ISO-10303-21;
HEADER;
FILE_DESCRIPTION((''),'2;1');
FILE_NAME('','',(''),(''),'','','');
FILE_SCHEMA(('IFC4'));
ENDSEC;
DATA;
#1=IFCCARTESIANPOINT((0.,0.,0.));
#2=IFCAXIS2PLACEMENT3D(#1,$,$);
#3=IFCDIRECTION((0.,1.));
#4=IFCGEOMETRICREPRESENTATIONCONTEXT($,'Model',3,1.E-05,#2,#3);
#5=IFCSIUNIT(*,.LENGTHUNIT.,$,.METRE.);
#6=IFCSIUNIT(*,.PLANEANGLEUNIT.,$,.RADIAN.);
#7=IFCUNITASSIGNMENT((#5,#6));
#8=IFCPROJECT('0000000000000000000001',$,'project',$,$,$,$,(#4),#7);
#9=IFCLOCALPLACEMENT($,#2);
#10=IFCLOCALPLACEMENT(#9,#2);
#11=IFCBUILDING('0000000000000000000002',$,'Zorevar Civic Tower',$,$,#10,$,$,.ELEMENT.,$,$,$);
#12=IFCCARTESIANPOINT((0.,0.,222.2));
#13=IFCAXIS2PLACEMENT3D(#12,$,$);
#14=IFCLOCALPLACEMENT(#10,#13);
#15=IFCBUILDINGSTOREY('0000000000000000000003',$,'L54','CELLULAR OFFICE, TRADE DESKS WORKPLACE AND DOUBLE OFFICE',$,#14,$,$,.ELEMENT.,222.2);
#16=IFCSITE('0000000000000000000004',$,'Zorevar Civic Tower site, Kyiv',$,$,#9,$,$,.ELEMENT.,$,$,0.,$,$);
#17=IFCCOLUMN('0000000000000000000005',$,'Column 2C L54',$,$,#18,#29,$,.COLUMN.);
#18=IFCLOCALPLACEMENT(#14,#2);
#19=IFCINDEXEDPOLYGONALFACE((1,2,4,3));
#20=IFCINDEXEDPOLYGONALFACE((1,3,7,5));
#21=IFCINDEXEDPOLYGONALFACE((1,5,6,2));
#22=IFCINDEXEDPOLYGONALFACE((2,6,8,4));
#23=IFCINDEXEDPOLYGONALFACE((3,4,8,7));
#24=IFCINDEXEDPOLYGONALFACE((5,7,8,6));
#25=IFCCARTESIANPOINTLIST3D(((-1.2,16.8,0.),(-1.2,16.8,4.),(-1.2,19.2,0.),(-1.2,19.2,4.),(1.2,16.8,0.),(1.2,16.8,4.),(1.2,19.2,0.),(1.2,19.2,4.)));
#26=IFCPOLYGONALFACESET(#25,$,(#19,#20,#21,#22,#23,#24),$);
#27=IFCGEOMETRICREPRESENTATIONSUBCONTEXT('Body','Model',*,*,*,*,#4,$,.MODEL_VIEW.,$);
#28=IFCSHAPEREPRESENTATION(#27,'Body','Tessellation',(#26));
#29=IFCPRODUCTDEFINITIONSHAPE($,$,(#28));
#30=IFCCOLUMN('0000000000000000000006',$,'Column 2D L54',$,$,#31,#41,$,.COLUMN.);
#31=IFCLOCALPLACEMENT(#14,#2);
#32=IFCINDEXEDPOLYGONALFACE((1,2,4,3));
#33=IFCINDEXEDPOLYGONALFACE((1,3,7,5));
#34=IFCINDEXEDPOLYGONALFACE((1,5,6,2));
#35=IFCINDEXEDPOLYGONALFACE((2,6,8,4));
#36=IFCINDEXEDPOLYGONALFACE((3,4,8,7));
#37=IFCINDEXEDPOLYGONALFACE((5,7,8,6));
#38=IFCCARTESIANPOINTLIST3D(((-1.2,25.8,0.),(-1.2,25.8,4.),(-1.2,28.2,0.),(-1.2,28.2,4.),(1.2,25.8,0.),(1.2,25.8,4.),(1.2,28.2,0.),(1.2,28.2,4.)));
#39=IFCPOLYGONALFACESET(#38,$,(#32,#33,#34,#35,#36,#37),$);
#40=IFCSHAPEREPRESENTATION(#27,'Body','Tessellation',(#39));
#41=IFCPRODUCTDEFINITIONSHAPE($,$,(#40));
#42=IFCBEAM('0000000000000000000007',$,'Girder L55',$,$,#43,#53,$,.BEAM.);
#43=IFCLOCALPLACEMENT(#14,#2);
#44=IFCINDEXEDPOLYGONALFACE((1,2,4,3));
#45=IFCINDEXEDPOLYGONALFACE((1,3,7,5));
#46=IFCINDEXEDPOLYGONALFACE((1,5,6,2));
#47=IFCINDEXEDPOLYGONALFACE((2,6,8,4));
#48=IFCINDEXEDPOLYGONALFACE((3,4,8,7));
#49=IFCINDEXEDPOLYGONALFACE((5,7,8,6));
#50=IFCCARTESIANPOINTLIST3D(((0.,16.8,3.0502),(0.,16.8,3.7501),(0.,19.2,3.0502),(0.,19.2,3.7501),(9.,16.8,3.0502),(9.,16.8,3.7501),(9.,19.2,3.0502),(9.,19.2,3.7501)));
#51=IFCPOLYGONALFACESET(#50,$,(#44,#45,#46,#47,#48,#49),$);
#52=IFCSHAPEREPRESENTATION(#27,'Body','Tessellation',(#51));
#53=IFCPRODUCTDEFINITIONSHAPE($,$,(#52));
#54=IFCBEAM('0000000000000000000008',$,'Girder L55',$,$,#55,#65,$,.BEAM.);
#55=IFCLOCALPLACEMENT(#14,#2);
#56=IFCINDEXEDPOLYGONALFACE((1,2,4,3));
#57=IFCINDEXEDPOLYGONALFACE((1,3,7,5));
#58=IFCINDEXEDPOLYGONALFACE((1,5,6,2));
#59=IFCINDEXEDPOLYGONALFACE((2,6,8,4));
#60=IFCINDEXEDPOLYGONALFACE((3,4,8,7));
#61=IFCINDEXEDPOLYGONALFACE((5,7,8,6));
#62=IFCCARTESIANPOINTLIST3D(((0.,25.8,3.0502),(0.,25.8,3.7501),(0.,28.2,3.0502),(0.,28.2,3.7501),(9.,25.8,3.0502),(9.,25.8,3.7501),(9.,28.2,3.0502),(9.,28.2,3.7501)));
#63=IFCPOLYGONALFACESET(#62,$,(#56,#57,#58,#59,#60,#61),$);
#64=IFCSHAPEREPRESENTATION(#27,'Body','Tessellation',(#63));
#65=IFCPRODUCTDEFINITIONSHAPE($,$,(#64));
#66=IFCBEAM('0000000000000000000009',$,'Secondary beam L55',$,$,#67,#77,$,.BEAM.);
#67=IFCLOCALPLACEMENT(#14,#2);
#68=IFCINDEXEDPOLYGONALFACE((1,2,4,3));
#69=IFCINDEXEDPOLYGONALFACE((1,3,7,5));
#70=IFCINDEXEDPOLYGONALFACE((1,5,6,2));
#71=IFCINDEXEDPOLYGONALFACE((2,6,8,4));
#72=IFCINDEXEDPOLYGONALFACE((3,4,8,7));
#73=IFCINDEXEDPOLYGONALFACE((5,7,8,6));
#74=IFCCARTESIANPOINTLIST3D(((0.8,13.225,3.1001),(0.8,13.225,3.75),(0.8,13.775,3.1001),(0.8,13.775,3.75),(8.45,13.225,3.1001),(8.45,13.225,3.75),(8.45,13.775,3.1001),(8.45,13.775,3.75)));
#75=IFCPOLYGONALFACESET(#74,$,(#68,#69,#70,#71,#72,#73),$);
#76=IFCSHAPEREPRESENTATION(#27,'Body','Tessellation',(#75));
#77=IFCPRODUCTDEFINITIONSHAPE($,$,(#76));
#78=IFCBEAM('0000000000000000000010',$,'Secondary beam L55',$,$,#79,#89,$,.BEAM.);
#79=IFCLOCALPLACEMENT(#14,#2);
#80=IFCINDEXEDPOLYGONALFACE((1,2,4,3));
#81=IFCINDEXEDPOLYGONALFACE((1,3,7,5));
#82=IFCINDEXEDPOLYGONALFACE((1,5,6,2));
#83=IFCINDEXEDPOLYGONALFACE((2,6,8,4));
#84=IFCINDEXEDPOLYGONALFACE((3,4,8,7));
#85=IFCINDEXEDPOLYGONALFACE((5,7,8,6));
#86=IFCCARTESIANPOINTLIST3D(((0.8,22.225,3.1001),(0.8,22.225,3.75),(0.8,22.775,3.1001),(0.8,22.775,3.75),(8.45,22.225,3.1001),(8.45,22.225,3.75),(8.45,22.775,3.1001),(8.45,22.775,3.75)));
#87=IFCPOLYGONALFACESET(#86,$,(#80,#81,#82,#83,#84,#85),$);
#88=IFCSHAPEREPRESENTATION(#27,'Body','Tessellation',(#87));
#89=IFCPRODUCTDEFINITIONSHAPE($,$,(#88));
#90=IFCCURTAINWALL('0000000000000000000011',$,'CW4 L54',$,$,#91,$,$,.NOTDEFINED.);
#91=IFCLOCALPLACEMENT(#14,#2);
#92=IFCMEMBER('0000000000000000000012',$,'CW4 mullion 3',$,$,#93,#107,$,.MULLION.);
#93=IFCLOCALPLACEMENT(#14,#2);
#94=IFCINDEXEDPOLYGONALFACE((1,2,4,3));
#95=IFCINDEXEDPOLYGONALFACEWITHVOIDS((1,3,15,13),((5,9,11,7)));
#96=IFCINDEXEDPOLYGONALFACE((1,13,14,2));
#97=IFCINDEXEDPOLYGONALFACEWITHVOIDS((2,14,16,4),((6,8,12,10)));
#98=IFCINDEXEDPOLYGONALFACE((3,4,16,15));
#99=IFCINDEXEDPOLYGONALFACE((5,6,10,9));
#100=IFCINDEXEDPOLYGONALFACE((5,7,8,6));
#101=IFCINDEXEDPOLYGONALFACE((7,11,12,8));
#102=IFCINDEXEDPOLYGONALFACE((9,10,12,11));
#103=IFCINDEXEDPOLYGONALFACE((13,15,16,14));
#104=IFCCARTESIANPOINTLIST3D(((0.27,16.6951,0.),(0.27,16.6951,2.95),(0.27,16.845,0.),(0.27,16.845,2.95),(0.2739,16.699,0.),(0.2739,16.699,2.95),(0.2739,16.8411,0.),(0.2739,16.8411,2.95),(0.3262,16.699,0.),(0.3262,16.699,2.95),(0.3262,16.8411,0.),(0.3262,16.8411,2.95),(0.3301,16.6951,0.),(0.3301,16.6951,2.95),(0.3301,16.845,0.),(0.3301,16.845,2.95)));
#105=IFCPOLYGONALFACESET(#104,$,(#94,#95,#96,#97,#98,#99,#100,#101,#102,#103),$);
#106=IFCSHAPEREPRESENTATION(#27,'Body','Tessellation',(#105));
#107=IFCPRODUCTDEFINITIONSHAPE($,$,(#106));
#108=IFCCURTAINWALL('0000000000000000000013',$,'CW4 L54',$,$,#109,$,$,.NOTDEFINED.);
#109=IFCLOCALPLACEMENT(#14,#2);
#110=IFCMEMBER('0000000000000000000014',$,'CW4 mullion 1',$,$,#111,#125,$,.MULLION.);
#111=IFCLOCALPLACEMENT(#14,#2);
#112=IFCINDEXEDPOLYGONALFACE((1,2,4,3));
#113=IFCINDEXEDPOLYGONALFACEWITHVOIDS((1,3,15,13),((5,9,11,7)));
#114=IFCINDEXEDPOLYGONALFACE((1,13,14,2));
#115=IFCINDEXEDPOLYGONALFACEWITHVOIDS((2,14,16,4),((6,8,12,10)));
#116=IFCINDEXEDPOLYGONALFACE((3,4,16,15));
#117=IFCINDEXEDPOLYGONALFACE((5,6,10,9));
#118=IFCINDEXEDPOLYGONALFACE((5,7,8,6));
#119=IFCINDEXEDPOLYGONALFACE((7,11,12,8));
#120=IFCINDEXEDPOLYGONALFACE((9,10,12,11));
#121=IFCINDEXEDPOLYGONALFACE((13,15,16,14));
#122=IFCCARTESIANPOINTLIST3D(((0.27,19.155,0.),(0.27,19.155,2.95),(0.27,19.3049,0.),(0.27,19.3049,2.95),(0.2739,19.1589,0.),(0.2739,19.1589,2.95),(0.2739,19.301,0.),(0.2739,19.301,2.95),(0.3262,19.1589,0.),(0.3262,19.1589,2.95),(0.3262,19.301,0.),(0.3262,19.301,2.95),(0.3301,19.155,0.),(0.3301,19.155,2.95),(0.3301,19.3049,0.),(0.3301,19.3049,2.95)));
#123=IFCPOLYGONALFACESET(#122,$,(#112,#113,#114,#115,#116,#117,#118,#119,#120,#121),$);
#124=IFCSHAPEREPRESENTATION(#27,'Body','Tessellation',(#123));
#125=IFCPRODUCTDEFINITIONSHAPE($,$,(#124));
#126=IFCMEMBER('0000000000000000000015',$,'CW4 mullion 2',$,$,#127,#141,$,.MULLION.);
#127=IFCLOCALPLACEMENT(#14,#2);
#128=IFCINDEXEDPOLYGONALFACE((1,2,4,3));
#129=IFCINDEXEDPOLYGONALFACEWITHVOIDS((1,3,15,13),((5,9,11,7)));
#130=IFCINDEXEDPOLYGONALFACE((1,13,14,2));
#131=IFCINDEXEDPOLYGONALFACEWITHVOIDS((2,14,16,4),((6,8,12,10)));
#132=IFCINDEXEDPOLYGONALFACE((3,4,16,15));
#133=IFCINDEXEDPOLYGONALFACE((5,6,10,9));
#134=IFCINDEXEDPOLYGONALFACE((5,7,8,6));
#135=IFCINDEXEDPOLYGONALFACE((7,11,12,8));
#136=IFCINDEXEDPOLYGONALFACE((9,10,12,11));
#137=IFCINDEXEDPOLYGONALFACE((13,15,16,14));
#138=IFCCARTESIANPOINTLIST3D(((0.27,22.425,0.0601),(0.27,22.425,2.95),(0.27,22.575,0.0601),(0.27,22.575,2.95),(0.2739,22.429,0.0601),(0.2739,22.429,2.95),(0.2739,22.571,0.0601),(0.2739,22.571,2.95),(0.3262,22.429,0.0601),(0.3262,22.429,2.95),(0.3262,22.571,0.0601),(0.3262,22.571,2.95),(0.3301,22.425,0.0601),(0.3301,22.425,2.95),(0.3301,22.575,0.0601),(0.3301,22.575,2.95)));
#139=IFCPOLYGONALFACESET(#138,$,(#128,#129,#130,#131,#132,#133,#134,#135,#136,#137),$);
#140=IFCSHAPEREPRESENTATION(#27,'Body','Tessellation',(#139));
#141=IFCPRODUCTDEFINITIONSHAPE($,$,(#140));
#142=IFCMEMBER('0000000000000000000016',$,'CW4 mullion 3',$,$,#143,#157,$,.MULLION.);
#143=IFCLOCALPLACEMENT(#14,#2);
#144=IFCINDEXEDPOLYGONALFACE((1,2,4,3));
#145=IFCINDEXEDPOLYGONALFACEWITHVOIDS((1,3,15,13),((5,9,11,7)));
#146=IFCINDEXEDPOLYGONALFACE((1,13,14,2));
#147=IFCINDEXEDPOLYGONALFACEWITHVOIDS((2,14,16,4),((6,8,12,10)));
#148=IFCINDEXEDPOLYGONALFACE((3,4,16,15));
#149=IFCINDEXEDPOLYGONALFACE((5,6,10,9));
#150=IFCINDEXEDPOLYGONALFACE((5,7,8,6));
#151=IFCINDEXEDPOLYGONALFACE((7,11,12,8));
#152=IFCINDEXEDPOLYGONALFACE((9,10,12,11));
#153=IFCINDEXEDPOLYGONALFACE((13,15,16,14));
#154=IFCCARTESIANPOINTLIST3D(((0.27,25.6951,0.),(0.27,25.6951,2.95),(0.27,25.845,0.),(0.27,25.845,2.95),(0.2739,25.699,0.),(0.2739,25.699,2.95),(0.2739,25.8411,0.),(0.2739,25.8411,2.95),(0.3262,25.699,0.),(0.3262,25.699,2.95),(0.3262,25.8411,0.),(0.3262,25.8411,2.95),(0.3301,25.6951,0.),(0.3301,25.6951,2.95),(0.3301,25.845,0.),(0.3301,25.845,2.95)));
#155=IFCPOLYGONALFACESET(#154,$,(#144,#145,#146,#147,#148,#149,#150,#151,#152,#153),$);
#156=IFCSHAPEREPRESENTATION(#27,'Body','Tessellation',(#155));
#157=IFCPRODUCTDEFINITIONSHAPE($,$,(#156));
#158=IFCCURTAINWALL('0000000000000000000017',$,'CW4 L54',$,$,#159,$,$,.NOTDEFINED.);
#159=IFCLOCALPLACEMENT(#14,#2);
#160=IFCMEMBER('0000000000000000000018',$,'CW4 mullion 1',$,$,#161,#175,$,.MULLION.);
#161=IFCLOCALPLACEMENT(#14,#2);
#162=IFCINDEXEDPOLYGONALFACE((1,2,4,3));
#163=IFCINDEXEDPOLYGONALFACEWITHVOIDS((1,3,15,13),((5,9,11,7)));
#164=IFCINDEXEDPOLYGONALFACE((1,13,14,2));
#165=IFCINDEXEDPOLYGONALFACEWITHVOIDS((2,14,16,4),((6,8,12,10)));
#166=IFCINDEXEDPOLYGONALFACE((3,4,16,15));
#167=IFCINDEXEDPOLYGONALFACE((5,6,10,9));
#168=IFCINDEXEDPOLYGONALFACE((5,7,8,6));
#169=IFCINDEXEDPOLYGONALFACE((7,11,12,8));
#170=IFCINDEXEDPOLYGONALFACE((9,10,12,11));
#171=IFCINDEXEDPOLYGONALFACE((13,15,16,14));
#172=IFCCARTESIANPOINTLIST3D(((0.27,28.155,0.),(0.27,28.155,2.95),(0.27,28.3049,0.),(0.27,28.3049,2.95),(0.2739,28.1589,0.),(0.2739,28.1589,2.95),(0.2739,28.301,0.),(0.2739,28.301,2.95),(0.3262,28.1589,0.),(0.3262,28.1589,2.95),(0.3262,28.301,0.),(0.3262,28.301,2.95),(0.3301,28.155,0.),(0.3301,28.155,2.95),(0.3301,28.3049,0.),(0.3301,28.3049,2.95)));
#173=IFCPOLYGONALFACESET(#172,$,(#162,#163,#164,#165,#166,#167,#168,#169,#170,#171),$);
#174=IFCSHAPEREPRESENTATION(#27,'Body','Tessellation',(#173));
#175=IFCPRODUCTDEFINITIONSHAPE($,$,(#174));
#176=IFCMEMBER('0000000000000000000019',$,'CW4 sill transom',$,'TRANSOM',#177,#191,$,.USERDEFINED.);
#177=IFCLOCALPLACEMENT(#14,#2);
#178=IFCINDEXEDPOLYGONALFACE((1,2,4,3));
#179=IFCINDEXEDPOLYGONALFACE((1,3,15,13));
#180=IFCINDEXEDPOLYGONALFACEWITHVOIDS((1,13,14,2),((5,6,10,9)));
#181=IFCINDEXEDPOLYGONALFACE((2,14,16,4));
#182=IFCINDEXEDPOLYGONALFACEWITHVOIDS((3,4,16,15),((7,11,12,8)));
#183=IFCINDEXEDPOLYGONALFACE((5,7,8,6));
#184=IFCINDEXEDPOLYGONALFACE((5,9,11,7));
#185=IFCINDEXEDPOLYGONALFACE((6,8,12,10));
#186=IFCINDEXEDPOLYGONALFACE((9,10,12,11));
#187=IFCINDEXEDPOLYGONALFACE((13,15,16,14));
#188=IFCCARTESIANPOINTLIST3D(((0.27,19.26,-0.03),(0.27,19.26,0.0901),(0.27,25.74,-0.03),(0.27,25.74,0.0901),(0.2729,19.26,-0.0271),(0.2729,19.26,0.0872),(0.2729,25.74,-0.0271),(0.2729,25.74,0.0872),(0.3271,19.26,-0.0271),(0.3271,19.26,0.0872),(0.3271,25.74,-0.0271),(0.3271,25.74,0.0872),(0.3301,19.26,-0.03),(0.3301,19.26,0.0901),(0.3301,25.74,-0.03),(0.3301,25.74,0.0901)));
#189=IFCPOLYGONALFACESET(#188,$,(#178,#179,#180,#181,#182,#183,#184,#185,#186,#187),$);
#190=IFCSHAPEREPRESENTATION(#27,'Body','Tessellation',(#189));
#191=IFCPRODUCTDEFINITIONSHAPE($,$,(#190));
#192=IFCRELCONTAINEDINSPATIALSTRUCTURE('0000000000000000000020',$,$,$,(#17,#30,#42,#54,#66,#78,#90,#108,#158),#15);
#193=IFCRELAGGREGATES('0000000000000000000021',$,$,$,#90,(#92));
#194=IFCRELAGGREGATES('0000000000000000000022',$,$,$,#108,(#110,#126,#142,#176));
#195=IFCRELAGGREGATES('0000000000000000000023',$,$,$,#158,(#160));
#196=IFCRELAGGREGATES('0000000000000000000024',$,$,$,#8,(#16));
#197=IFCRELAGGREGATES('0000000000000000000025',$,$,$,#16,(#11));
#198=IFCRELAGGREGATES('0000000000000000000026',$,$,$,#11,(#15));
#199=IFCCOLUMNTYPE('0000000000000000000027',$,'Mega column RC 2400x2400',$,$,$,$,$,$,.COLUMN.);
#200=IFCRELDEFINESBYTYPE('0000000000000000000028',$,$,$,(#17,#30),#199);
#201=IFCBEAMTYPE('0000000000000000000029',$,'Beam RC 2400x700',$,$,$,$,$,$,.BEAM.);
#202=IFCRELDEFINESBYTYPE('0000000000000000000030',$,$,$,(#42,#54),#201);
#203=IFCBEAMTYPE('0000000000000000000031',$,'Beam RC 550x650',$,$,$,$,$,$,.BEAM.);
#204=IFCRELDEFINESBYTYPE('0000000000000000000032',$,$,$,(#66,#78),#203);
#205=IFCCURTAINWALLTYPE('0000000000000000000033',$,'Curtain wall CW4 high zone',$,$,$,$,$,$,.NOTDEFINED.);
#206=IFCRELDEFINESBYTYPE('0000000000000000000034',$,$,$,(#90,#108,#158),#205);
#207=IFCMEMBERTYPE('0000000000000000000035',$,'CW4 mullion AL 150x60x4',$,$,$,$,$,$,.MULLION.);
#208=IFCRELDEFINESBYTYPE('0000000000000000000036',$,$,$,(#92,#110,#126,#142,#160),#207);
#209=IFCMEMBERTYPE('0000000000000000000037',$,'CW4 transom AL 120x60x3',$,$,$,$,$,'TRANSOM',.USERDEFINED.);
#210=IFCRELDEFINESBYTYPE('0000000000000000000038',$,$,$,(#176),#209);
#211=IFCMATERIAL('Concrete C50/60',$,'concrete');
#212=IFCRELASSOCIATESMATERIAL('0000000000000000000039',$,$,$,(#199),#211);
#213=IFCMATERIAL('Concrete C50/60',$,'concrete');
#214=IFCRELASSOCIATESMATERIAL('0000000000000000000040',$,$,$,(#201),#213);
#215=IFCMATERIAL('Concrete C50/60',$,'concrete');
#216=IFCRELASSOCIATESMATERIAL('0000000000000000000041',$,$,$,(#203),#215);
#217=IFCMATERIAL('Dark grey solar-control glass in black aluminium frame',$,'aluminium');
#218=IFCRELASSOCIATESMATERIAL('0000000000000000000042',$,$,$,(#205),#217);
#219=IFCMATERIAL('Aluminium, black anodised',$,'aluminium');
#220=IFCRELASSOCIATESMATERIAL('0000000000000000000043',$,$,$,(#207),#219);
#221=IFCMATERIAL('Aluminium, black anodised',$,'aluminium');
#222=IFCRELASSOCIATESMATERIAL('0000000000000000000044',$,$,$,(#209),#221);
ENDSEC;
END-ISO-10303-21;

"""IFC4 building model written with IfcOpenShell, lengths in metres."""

from ifc_helpers import new_model, si_unit, direction, frame, origin, origin_2d, place, context, subcontext, project, spatial, rectangle, hollow_rectangle, extrude, material, material_profile, profile_set, type_object, element, aggregate, save


model = new_model("IFC4")

# Units and contexts
model_context = context("Model", 3, precision=1e-05, world=origin(), true_north=direction((0.0, 1.0)))
body_context = subcontext(model_context, "Body", "Model", "MODEL_VIEW")
ifc_project = project(units=[si_unit("LENGTHUNIT", "METRE"), si_unit("PLANEANGLEUNIT", "RADIAN")], contexts=[model_context])

# Site, building, storey
site_placement = place(None, origin())
site = spatial("IfcSite", under=ifc_project, at=site_placement, Name="Zorevar Civic Tower site, Kyiv", CompositionType="ELEMENT", RefElevation=0.0)
building_placement = place(site_placement, origin())
building = spatial("IfcBuilding", under=site, at=building_placement, Name="Zorevar Civic Tower", CompositionType="ELEMENT")
storey_placement = place(building_placement, frame((0.0, 0.0, 222.2)))
storey = spatial("IfcBuildingStorey", under=building, at=storey_placement, Name="L54", Description="CELLULAR OFFICE, TRADE DESKS WORKPLACE AND DOUBLE OFFICE", CompositionType="ELEMENT", Elevation=222.2)

# Columns
ifc_material_1 = material(Name="Concrete C50/60", Category="concrete")
ifc_material_profile_1 = material_profile(ifc_material_1, rectangle(XDim=2.3999, YDim=2.3999, at=origin_2d()), Name="RC 2400x2400")
ifc_profile_set_1 = profile_set([ifc_material_profile_1], Name="Concrete C50/60")
column_type = type_object("IfcColumnType", Name="Mega column RC 2400x2400", PredefinedType="COLUMN", material=ifc_profile_set_1)
for number, where, z_axis, x_axis, name in (
    (1, (0.0, 18.0, 0.0), (0.0, 0.0, 1.0), (1.0, 0.0, 0.0), "Column 2C L54"),
    (2, (0.0, 27.0, 0.0), (0.0, 0.0, 1.0), (1.0, 0.0, 0.0), "Column 2D L54"),
):
    element("IfcColumn", number, at=place(storey_placement, frame(where, z_axis=z_axis, x_axis=x_axis)), inside=storey, type_object=column_type, Name=name, PredefinedType="COLUMN", context=body_context, shape_type="SweptSolid", body=[
        extrude(rectangle(XDim=2.3999, YDim=2.3999, at=origin_2d()), origin(), (0.0, 0.0, 1.0), 4.0),
    ])

# Beams
ifc_material_2 = material(Name="Concrete C50/60", Category="concrete")
ifc_material_profile_2 = material_profile(ifc_material_2, rectangle(XDim=2.3999, YDim=0.7, at=origin_2d()), Name="RC 2400x700")
ifc_profile_set_2 = profile_set([ifc_material_profile_2], Name="Concrete C50/60")
beam_type_1 = type_object("IfcBeamType", Name="Beam RC 2400x700", PredefinedType="BEAM", material=ifc_profile_set_2)
for number, where, z_axis, x_axis, name in (
    (3, (0.0, 18.0, 3.4001), (1.0, 0.0, 0.0), (0.0, 1.0, 0.0), "Girder L55"),
    (4, (0.0, 27.0, 3.4001), (1.0, 0.0, 0.0), (0.0, 1.0, 0.0), "Girder L55"),
):
    element("IfcBeam", number, at=place(storey_placement, frame(where, z_axis=z_axis, x_axis=x_axis)), inside=storey, type_object=beam_type_1, Name=name, PredefinedType="BEAM", context=body_context, shape_type="SweptSolid", body=[
        extrude(rectangle(XDim=2.3999, YDim=0.7, at=origin_2d()), origin(), (0.0, 0.0, 1.0), 9.0),
    ])
ifc_material_3 = material(Name="Concrete C50/60", Category="concrete")
ifc_material_profile_3 = material_profile(ifc_material_3, rectangle(XDim=0.55, YDim=0.6499, at=origin_2d()), Name="RC 550x650")
ifc_profile_set_3 = profile_set([ifc_material_profile_3], Name="Concrete C50/60")
beam_type_2 = type_object("IfcBeamType", Name="Beam RC 550x650", PredefinedType="BEAM", material=ifc_profile_set_3)
for number, where, z_axis, x_axis, name in (
    (5, (0.8, 13.5, 3.425), (1.0, 0.0, 0.0), (0.0, 1.0, 0.0), "Secondary beam L55"),
    (6, (0.8, 22.5, 3.425), (1.0, 0.0, 0.0), (0.0, 1.0, 0.0), "Secondary beam L55"),
):
    element("IfcBeam", number, at=place(storey_placement, frame(where, z_axis=z_axis, x_axis=x_axis)), inside=storey, type_object=beam_type_2, Name=name, PredefinedType="BEAM", context=body_context, shape_type="SweptSolid", body=[
        extrude(rectangle(XDim=0.55, YDim=0.6499, at=origin_2d()), origin(), (0.0, 0.0, 1.0), 7.6499),
    ])

# Curtain wall, member
ifc_material_4 = material(Name="Dark grey solar-control glass in black aluminium frame", Category="aluminium")
curtain_wall_type = type_object("IfcCurtainWallType", Name="Curtain wall CW4 high zone", PredefinedType="NOTDEFINED", material=ifc_material_4)
curtain_wall_1_placement = place(storey_placement, origin())
curtain_wall_1 = element("IfcCurtainWall", 7, at=curtain_wall_1_placement, inside=storey, type_object=curtain_wall_type, Name="CW4 L54", PredefinedType="NOTDEFINED")
ifc_material_5 = material(Name="Aluminium, black anodised", Category="aluminium")
ifc_material_profile_4 = material_profile(ifc_material_5, hollow_rectangle(XDim=0.0601, YDim=0.1499, WallThickness=0.0039, at=origin_2d()), Name="AL 150x60x4")
ifc_profile_set_4 = profile_set([ifc_material_profile_4], Name="Aluminium, black anodised")
member_type_1 = type_object("IfcMemberType", Name="CW4 mullion AL 150x60x4", PredefinedType="MULLION", material=ifc_profile_set_4)
member_1_placement = place(storey_placement, frame((0.3, 16.77, 0.0), z_axis=(0.0, 0.0, 1.0), x_axis=(-1.0, 0.0, 0.0)))
member_1 = element("IfcMember", 8, at=member_1_placement, type_object=member_type_1, Name="CW4 mullion 3", PredefinedType="MULLION", context=body_context, shape_type="SweptSolid", body=[
    extrude(hollow_rectangle(XDim=0.0601, YDim=0.1499, WallThickness=0.0039, at=origin_2d()), origin(), (0.0, 0.0, 1.0), 2.95),
])

# Curtain wall, members
curtain_wall_2_placement = place(storey_placement, origin())
curtain_wall_2 = element("IfcCurtainWall", 9, at=curtain_wall_2_placement, inside=storey, type_object=curtain_wall_type, Name="CW4 L54", PredefinedType="NOTDEFINED")
member_2_placement = place(storey_placement, frame((0.3, 19.23, 0.0), z_axis=(0.0, 0.0, 1.0), x_axis=(-1.0, 0.0, 0.0)))
member_2 = element("IfcMember", 10, at=member_2_placement, type_object=member_type_1, Name="CW4 mullion 1", PredefinedType="MULLION", context=body_context, shape_type="SweptSolid", body=[
    extrude(hollow_rectangle(XDim=0.0601, YDim=0.1499, WallThickness=0.0039, at=origin_2d()), origin(), (0.0, 0.0, 1.0), 2.95),
])
member_3_placement = place(storey_placement, frame((0.3, 22.5, 0.0601), z_axis=(0.0, 0.0, 1.0), x_axis=(-1.0, 0.0, 0.0)))
member_3 = element("IfcMember", 11, at=member_3_placement, type_object=member_type_1, Name="CW4 mullion 2", PredefinedType="MULLION", context=body_context, shape_type="SweptSolid", body=[
    extrude(hollow_rectangle(XDim=0.0601, YDim=0.1499, WallThickness=0.0039, at=origin_2d()), origin(), (0.0, 0.0, 1.0), 2.8899),
])
member_4_placement = place(storey_placement, frame((0.3, 25.77, 0.0), z_axis=(0.0, 0.0, 1.0), x_axis=(-1.0, 0.0, 0.0)))
member_4 = element("IfcMember", 12, at=member_4_placement, type_object=member_type_1, Name="CW4 mullion 3", PredefinedType="MULLION", context=body_context, shape_type="SweptSolid", body=[
    extrude(hollow_rectangle(XDim=0.0601, YDim=0.1499, WallThickness=0.0039, at=origin_2d()), origin(), (0.0, 0.0, 1.0), 2.95),
])

# Curtain wall, member
curtain_wall_3_placement = place(storey_placement, origin())
curtain_wall_3 = element("IfcCurtainWall", 13, at=curtain_wall_3_placement, inside=storey, type_object=curtain_wall_type, Name="CW4 L54", PredefinedType="NOTDEFINED")
member_5_placement = place(storey_placement, frame((0.3, 28.23, 0.0), z_axis=(0.0, 0.0, 1.0), x_axis=(-1.0, 0.0, 0.0)))
member_5 = element("IfcMember", 14, at=member_5_placement, type_object=member_type_1, Name="CW4 mullion 1", PredefinedType="MULLION", context=body_context, shape_type="SweptSolid", body=[
    extrude(hollow_rectangle(XDim=0.0601, YDim=0.1499, WallThickness=0.0039, at=origin_2d()), origin(), (0.0, 0.0, 1.0), 2.95),
])

# Member
ifc_material_6 = material(Name="Aluminium, black anodised", Category="aluminium")
ifc_material_profile_5 = material_profile(ifc_material_6, hollow_rectangle(XDim=0.0601, YDim=0.1201, WallThickness=0.0029, at=origin_2d()), Name="AL 120x60x3")
ifc_profile_set_5 = profile_set([ifc_material_profile_5], Name="Aluminium, black anodised")
member_type_2 = type_object("IfcMemberType", Name="CW4 transom AL 120x60x3", ElementType="TRANSOM", PredefinedType="USERDEFINED", material=ifc_profile_set_5)
member_6_placement = place(storey_placement, frame((0.3, 19.26, 0.03), z_axis=(0.0, 1.0, 0.0), x_axis=(-1.0, 0.0, 0.0)))
member_6 = element("IfcMember", 15, at=member_6_placement, type_object=member_type_2, Name="CW4 sill transom", ObjectType="TRANSOM", PredefinedType="USERDEFINED", context=body_context, shape_type="SweptSolid", body=[
    extrude(hollow_rectangle(XDim=0.0601, YDim=0.1201, WallThickness=0.0029, at=origin_2d()), origin(), (0.0, 0.0, 1.0), 6.48),
])

aggregate(curtain_wall_1, [member_1])
aggregate(curtain_wall_2, [member_2, member_3, member_4, member_6])
aggregate(curtain_wall_3, [member_5])

save(model, "model.ifc")
